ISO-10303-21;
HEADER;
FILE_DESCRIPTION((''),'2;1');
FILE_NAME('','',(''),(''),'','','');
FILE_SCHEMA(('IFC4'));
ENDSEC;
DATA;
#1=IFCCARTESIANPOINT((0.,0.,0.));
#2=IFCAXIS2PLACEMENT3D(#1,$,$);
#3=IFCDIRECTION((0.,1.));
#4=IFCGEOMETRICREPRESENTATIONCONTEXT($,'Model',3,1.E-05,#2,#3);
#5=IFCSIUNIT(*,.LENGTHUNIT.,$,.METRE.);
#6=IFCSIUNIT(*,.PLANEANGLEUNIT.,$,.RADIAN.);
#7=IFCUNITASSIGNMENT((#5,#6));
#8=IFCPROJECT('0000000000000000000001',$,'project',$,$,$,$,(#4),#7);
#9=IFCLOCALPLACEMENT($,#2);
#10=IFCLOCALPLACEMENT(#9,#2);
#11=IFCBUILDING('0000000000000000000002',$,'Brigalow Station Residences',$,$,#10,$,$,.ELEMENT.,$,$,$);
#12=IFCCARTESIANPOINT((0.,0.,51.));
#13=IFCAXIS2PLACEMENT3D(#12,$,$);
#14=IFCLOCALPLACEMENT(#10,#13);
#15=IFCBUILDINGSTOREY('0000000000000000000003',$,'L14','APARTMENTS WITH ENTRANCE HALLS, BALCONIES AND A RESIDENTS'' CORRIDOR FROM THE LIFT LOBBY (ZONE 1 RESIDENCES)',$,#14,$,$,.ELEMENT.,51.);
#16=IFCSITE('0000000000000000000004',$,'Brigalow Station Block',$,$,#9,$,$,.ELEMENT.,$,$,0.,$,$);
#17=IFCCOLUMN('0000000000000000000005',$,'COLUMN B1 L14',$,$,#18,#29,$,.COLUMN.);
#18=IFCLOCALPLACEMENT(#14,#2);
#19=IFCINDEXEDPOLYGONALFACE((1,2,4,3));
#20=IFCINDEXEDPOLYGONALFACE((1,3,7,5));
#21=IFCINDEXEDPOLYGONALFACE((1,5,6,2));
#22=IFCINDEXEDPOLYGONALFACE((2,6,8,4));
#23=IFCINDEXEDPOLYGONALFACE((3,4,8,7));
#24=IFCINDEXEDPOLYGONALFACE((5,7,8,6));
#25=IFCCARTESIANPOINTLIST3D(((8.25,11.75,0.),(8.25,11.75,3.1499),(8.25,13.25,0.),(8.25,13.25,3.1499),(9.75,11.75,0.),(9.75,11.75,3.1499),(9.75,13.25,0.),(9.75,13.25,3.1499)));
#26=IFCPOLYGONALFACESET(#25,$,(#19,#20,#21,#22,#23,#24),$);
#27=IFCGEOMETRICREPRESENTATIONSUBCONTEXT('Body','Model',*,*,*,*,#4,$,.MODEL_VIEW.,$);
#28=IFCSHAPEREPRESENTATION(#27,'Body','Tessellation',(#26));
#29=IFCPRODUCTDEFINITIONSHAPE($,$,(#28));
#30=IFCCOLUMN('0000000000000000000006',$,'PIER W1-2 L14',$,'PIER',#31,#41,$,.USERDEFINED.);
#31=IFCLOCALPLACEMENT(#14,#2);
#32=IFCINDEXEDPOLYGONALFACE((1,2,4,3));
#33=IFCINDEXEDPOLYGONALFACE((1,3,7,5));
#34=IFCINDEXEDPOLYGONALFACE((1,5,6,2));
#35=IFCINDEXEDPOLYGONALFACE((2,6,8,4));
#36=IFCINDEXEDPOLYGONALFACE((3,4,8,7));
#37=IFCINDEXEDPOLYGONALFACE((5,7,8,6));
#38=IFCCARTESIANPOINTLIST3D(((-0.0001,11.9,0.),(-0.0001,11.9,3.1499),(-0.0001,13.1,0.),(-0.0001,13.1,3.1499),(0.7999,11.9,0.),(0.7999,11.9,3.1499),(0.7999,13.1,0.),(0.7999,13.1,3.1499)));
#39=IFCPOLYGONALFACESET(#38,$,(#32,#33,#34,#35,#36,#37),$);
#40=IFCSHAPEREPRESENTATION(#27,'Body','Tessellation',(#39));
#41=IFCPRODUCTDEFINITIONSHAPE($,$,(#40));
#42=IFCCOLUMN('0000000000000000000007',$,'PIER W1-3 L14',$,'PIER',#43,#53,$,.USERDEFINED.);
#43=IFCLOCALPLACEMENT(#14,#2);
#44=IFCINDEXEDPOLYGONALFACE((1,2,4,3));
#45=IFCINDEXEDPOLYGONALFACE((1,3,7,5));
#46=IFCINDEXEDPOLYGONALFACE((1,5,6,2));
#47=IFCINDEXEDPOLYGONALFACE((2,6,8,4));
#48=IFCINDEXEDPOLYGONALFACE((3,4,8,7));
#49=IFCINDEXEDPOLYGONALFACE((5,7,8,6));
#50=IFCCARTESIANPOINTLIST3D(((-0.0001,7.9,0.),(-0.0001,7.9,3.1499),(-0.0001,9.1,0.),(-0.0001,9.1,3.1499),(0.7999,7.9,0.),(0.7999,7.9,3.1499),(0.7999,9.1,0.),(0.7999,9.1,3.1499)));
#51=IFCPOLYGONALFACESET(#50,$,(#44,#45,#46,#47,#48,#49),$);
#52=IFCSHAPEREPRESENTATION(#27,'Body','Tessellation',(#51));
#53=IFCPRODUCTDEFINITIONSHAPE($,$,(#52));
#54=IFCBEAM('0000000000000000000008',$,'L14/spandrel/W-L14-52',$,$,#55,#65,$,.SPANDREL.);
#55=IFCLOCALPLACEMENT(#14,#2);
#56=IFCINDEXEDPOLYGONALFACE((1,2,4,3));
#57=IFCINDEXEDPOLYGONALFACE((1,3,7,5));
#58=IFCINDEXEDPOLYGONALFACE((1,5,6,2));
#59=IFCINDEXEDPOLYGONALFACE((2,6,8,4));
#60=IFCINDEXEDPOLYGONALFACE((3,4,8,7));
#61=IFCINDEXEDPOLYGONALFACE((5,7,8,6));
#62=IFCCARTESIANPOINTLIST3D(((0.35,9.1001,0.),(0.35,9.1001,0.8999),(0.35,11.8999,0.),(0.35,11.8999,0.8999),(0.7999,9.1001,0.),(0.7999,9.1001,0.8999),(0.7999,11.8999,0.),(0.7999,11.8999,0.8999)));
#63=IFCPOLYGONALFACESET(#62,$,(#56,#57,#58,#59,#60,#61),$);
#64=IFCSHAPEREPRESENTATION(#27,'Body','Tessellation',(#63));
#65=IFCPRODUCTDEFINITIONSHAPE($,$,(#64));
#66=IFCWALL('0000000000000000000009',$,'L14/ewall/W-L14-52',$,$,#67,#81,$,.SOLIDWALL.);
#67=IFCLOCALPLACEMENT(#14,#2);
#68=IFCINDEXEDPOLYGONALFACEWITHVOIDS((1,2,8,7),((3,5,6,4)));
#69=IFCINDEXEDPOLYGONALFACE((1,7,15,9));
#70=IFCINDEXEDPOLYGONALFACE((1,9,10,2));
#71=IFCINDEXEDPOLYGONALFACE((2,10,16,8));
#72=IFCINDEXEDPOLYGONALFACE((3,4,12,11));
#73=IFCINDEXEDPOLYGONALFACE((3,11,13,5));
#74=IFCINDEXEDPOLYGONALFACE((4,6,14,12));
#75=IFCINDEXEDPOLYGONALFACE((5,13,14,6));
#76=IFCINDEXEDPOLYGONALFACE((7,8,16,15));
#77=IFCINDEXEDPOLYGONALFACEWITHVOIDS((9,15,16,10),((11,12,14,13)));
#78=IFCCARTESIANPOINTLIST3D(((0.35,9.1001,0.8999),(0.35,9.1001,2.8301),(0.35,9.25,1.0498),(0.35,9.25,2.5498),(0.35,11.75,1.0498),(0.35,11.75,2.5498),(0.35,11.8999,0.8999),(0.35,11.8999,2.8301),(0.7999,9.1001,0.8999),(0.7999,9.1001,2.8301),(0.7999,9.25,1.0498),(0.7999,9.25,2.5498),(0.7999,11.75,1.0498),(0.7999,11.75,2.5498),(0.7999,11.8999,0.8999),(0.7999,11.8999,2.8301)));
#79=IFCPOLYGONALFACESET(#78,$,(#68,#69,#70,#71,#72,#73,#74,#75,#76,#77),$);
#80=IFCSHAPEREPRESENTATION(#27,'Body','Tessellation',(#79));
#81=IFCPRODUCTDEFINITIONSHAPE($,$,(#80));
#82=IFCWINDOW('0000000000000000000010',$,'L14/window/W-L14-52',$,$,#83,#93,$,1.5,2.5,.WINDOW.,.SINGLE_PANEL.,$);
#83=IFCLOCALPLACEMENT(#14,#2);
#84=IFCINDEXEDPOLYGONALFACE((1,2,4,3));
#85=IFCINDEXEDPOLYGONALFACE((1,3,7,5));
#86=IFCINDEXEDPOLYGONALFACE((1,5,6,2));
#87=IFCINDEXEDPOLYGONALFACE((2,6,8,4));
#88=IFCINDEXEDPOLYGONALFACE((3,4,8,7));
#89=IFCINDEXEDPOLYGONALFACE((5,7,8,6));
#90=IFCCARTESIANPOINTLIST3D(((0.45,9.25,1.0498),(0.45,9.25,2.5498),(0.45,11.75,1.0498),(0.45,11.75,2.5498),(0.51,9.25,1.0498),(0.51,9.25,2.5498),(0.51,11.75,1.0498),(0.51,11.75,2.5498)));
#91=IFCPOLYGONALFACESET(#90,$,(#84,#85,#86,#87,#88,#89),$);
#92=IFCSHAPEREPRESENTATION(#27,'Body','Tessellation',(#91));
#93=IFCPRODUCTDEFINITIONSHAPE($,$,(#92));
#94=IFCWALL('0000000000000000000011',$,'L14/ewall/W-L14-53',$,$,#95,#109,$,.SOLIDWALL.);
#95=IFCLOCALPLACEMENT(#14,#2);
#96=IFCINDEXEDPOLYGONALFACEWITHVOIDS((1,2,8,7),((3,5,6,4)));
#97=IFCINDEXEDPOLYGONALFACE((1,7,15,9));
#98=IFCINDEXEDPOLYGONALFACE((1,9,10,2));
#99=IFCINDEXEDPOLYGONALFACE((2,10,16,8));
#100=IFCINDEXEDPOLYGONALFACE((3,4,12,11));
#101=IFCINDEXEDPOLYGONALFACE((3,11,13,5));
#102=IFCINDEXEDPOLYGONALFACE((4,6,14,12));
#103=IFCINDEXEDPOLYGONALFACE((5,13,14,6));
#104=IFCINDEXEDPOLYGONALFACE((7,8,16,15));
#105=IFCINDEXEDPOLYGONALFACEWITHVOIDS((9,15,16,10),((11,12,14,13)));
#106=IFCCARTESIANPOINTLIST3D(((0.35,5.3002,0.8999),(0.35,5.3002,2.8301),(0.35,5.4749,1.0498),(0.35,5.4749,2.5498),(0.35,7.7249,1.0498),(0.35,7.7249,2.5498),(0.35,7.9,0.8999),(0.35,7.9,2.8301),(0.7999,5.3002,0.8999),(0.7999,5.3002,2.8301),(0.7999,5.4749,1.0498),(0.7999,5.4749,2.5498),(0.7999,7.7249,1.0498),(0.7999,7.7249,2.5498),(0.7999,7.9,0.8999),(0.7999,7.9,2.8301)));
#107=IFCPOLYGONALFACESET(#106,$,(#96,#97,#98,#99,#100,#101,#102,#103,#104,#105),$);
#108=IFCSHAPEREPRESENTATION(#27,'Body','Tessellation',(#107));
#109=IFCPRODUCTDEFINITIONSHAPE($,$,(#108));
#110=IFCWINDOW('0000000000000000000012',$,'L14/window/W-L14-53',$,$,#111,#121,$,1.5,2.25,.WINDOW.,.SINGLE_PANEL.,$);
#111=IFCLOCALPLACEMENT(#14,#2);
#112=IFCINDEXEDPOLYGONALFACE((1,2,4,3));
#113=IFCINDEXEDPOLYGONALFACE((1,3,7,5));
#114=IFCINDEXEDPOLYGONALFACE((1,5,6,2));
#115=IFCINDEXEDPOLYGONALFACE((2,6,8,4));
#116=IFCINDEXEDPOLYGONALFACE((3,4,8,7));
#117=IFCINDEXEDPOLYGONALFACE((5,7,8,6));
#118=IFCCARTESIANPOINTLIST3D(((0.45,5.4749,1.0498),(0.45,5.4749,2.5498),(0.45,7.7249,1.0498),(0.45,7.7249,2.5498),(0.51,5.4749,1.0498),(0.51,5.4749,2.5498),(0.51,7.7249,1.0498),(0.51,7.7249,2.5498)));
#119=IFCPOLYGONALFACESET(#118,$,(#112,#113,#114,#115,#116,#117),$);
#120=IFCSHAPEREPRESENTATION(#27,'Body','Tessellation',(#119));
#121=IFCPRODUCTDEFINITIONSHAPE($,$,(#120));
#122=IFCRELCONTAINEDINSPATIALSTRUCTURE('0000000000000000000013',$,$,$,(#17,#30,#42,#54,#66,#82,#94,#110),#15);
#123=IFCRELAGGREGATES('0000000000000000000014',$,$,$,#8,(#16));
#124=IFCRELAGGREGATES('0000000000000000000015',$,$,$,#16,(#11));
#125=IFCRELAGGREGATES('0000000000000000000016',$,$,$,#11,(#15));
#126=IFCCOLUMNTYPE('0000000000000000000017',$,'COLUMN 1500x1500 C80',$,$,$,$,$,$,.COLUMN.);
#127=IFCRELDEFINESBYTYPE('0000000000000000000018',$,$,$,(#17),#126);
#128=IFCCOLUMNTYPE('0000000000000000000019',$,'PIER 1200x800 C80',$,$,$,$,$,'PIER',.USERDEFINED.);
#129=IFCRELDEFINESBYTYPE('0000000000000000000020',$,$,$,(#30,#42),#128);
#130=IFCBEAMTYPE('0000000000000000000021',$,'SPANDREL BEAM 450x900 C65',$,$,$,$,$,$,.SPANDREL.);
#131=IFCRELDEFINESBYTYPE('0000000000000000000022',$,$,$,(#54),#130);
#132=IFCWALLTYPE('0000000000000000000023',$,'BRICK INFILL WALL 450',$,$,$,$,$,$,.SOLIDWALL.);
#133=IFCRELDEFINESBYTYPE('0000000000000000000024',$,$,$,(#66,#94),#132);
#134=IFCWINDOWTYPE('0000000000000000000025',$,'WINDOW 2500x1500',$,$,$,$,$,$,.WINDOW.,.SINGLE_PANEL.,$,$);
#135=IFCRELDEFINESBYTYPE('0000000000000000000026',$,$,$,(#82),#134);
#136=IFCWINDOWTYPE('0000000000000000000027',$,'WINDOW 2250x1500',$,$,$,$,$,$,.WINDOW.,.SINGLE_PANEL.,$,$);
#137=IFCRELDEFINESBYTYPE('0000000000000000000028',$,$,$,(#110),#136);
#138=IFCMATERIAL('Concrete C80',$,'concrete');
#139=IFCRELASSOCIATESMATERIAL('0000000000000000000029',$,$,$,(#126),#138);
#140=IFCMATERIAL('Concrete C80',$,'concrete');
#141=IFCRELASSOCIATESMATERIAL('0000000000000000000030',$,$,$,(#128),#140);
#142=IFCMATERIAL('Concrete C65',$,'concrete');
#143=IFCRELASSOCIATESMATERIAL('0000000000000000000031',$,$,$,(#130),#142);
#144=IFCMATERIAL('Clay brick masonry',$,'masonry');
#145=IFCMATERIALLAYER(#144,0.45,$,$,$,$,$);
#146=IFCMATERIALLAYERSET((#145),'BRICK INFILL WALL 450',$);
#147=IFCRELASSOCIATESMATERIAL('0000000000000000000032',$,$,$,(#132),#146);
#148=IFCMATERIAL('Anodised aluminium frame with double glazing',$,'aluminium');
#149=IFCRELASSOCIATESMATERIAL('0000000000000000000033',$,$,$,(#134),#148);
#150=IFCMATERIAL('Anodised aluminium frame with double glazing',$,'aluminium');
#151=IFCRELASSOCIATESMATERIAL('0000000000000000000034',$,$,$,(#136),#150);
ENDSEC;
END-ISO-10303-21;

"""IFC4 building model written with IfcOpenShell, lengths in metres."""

from ifc_helpers import new_model, si_unit, direction, frame, frame_2d, origin, origin_2d, place, context, subcontext, project, spatial, rectangle, extrude, material, layer, layer_set, material_profile, profile_set, type_object, element, fill, save


model = new_model("IFC4")

# Units and contexts
model_context = context("Model", 3, precision=1e-05, world=origin(), true_north=direction((0.0, 1.0)))
body_context = subcontext(model_context, "Body", "Model", "MODEL_VIEW")
ifc_project = project(units=[si_unit("LENGTHUNIT", "METRE"), si_unit("PLANEANGLEUNIT", "RADIAN")], contexts=[model_context])

# Site, building, storey
site_placement = place(None, origin())
site = spatial("IfcSite", under=ifc_project, at=site_placement, Name="Brigalow Station Block", CompositionType="ELEMENT", RefElevation=0.0)
building_placement = place(site_placement, origin())
building = spatial("IfcBuilding", under=site, at=building_placement, Name="Brigalow Station Residences", CompositionType="ELEMENT")
storey_placement = place(building_placement, frame((0.0, 0.0, 51.0)))
storey = spatial("IfcBuildingStorey", under=building, at=storey_placement, Name="L14", Description="APARTMENTS WITH ENTRANCE HALLS, BALCONIES AND A RESIDENTS' CORRIDOR FROM THE LIFT LOBBY (ZONE 1 RESIDENCES)", CompositionType="ELEMENT", Elevation=51.0)

# Columns
ifc_material_1 = material(Name="Concrete C80", Category="concrete")
ifc_material_profile_1 = material_profile(ifc_material_1, rectangle(XDim=1.5, YDim=1.5, at=origin_2d()), Name="RC1500x1500")
ifc_profile_set_1 = profile_set([ifc_material_profile_1], Name="Concrete C80")
column_type_1 = type_object("IfcColumnType", Name="COLUMN 1500x1500 C80", PredefinedType="COLUMN", material=ifc_profile_set_1)
column_placement = place(storey_placement, frame((9.0, 12.5, 0.0), z_axis=(0.0, 0.0, 1.0), x_axis=(1.0, 0.0, 0.0)))
element("IfcColumn", 1, at=column_placement, inside=storey, type_object=column_type_1, Name="COLUMN B1 L14", PredefinedType="COLUMN", context=body_context, shape_type="SweptSolid", body=[
    extrude(rectangle(XDim=1.5, YDim=1.5, at=origin_2d()), origin(), (0.0, 0.0, 1.0), 3.1499),
])
ifc_material_2 = material(Name="Concrete C80", Category="concrete")
ifc_material_profile_2 = material_profile(ifc_material_2, rectangle(XDim=1.2, YDim=0.8, at=origin_2d()), Name="RC1200x800")
ifc_profile_set_2 = profile_set([ifc_material_profile_2], Name="Concrete C80")
column_type_2 = type_object("IfcColumnType", Name="PIER 1200x800 C80", ElementType="PIER", PredefinedType="USERDEFINED", material=ifc_profile_set_2)
for number, where, z_axis, x_axis, name in (
    (2, (0.3999, 12.5, 0.0), (0.0, 0.0, 1.0), (0.0, -1.0, 0.0), "PIER W1-2 L14"),
    (3, (0.3999, 8.5, 0.0), (0.0, 0.0, 1.0), (0.0, -1.0, 0.0), "PIER W1-3 L14"),
):
    element("IfcColumn", number, at=place(storey_placement, frame(where, z_axis=z_axis, x_axis=x_axis)), inside=storey, type_object=column_type_2, Name=name, ObjectType="PIER", PredefinedType="USERDEFINED", context=body_context, shape_type="SweptSolid", body=[
        extrude(rectangle(XDim=1.2, YDim=0.8, at=origin_2d()), origin(), (0.0, 0.0, 1.0), 3.1499),
    ])

# Beam
ifc_material_3 = material(Name="Concrete C65", Category="concrete")
ifc_material_profile_3 = material_profile(ifc_material_3, rectangle(XDim=0.45, YDim=0.8999, at=origin_2d()), Name="RC450x900")
ifc_profile_set_3 = profile_set([ifc_material_profile_3], Name="Concrete C65")
beam_type = type_object("IfcBeamType", Name="SPANDREL BEAM 450x900 C65", PredefinedType="SPANDREL", material=ifc_profile_set_3)
beam_placement = place(storey_placement, frame((0.575, 11.8999, 0.45), z_axis=(0.0, -1.0, 0.0), x_axis=(1.0, 0.0, 0.0)))
element("IfcBeam", 4, at=beam_placement, inside=storey, type_object=beam_type, Name="L14/spandrel/W-L14-52", PredefinedType="SPANDREL", context=body_context, shape_type="SweptSolid", body=[
    extrude(rectangle(XDim=0.45, YDim=0.8999, at=origin_2d()), origin(), (0.0, 0.0, 1.0), 2.7998),
])

# Walls, openings, windows
ifc_material_4 = material(Name="Clay brick masonry", Category="masonry")
ifc_layer_1 = layer(ifc_material_4, 0.45)
ifc_layer_set_1 = layer_set([ifc_layer_1], Name="BRICK INFILL WALL 450")
wall_type_1 = type_object("IfcWallType", Name="BRICK INFILL WALL 450", PredefinedType="SOLIDWALL", material=ifc_layer_set_1)
wall_1_placement = place(storey_placement, frame((0.575, 11.8999, 0.8999), z_axis=(0.0, 0.0, 1.0), x_axis=(0.0, -1.0, 0.0)))
wall_1 = element("IfcWall", 5, at=wall_1_placement, inside=storey, type_object=wall_type_1, Name="L14/ewall/W-L14-52", PredefinedType="SOLIDWALL", context=body_context, shape_type="SweptSolid", body=[
    extrude(rectangle(XDim=2.7998, YDim=0.45, at=frame_2d((1.3999, 0.0))), origin(), (0.0, 0.0, 1.0), 1.9302),
])
opening_1_placement = place(wall_1_placement, frame((0.1499, 0.0, 0.1499)))
opening_1 = element("IfcOpeningElement", 6, at=opening_1_placement, cuts=wall_1, PredefinedType="OPENING", context=body_context, shape_type="SweptSolid", body=[
    extrude(rectangle(XDim=2.5, YDim=1.5, at=frame_2d((1.25, 0.75))), frame((0.0, 0.2349, 0.0), z_axis=(0.0, -1.0, 0.0), x_axis=(1.0, 0.0, 0.0)), (0.0, 0.0, 1.0), 0.47),
])
ifc_material_5 = material(Name="Anodised aluminium frame with double glazing", Category="aluminium")
window_type_1 = type_object("IfcWindowType", Name="WINDOW 2500x1500", PartitioningType="SINGLE_PANEL", PredefinedType="WINDOW", material=ifc_material_5)
window_1_placement = place(opening_1_placement, origin())
window_1 = element("IfcWindow", 7, at=window_1_placement, inside=storey, type_object=window_type_1, Name="L14/window/W-L14-52", OverallHeight=1.5, OverallWidth=2.5, PartitioningType="SINGLE_PANEL", PredefinedType="WINDOW", context=body_context, shape_type="SweptSolid", body=[
    extrude(rectangle(XDim=2.5, YDim=1.5, at=frame_2d((1.25, 0.75))), frame((0.0, -0.0649, 0.0), z_axis=(0.0, -1.0, 0.0), x_axis=(1.0, 0.0, 0.0)), (0.0, 0.0, 1.0), 0.0601),
])
fill(opening_1, window_1)
wall_2_placement = place(storey_placement, frame((0.575, 7.8999, 0.8999), z_axis=(0.0, 0.0, 1.0), x_axis=(0.0, -1.0, 0.0)))
wall_2 = element("IfcWall", 8, at=wall_2_placement, inside=storey, type_object=wall_type_1, Name="L14/ewall/W-L14-53", PredefinedType="SOLIDWALL", context=body_context, shape_type="SweptSolid", body=[
    extrude(rectangle(XDim=2.5999, YDim=0.45, at=frame_2d((1.2998, 0.0))), origin(), (0.0, 0.0, 1.0), 1.9302),
])
opening_2_placement = place(wall_2_placement, frame((0.175, 0.0, 0.1499)))
opening_2 = element("IfcOpeningElement", 9, at=opening_2_placement, cuts=wall_2, PredefinedType="OPENING", context=body_context, shape_type="SweptSolid", body=[
    extrude(rectangle(XDim=2.25, YDim=1.5, at=frame_2d((1.125, 0.75))), frame((0.0, 0.2349, 0.0), z_axis=(0.0, -1.0, 0.0), x_axis=(1.0, 0.0, 0.0)), (0.0, 0.0, 1.0), 0.47),
])
ifc_material_6 = material(Name="Anodised aluminium frame with double glazing", Category="aluminium")
window_type_2 = type_object("IfcWindowType", Name="WINDOW 2250x1500", PartitioningType="SINGLE_PANEL", PredefinedType="WINDOW", material=ifc_material_6)
window_2_placement = place(opening_2_placement, origin())
window_2 = element("IfcWindow", 10, at=window_2_placement, inside=storey, type_object=window_type_2, Name="L14/window/W-L14-53", OverallHeight=1.5, OverallWidth=2.25, PartitioningType="SINGLE_PANEL", PredefinedType="WINDOW", context=body_context, shape_type="SweptSolid", body=[
    extrude(rectangle(XDim=2.25, YDim=1.5, at=frame_2d((1.125, 0.75))), frame((0.0, -0.0649, 0.0), z_axis=(0.0, -1.0, 0.0), x_axis=(1.0, 0.0, 0.0)), (0.0, 0.0, 1.0), 0.0601),
])
fill(opening_2, window_2)

save(model, "model.ifc")
